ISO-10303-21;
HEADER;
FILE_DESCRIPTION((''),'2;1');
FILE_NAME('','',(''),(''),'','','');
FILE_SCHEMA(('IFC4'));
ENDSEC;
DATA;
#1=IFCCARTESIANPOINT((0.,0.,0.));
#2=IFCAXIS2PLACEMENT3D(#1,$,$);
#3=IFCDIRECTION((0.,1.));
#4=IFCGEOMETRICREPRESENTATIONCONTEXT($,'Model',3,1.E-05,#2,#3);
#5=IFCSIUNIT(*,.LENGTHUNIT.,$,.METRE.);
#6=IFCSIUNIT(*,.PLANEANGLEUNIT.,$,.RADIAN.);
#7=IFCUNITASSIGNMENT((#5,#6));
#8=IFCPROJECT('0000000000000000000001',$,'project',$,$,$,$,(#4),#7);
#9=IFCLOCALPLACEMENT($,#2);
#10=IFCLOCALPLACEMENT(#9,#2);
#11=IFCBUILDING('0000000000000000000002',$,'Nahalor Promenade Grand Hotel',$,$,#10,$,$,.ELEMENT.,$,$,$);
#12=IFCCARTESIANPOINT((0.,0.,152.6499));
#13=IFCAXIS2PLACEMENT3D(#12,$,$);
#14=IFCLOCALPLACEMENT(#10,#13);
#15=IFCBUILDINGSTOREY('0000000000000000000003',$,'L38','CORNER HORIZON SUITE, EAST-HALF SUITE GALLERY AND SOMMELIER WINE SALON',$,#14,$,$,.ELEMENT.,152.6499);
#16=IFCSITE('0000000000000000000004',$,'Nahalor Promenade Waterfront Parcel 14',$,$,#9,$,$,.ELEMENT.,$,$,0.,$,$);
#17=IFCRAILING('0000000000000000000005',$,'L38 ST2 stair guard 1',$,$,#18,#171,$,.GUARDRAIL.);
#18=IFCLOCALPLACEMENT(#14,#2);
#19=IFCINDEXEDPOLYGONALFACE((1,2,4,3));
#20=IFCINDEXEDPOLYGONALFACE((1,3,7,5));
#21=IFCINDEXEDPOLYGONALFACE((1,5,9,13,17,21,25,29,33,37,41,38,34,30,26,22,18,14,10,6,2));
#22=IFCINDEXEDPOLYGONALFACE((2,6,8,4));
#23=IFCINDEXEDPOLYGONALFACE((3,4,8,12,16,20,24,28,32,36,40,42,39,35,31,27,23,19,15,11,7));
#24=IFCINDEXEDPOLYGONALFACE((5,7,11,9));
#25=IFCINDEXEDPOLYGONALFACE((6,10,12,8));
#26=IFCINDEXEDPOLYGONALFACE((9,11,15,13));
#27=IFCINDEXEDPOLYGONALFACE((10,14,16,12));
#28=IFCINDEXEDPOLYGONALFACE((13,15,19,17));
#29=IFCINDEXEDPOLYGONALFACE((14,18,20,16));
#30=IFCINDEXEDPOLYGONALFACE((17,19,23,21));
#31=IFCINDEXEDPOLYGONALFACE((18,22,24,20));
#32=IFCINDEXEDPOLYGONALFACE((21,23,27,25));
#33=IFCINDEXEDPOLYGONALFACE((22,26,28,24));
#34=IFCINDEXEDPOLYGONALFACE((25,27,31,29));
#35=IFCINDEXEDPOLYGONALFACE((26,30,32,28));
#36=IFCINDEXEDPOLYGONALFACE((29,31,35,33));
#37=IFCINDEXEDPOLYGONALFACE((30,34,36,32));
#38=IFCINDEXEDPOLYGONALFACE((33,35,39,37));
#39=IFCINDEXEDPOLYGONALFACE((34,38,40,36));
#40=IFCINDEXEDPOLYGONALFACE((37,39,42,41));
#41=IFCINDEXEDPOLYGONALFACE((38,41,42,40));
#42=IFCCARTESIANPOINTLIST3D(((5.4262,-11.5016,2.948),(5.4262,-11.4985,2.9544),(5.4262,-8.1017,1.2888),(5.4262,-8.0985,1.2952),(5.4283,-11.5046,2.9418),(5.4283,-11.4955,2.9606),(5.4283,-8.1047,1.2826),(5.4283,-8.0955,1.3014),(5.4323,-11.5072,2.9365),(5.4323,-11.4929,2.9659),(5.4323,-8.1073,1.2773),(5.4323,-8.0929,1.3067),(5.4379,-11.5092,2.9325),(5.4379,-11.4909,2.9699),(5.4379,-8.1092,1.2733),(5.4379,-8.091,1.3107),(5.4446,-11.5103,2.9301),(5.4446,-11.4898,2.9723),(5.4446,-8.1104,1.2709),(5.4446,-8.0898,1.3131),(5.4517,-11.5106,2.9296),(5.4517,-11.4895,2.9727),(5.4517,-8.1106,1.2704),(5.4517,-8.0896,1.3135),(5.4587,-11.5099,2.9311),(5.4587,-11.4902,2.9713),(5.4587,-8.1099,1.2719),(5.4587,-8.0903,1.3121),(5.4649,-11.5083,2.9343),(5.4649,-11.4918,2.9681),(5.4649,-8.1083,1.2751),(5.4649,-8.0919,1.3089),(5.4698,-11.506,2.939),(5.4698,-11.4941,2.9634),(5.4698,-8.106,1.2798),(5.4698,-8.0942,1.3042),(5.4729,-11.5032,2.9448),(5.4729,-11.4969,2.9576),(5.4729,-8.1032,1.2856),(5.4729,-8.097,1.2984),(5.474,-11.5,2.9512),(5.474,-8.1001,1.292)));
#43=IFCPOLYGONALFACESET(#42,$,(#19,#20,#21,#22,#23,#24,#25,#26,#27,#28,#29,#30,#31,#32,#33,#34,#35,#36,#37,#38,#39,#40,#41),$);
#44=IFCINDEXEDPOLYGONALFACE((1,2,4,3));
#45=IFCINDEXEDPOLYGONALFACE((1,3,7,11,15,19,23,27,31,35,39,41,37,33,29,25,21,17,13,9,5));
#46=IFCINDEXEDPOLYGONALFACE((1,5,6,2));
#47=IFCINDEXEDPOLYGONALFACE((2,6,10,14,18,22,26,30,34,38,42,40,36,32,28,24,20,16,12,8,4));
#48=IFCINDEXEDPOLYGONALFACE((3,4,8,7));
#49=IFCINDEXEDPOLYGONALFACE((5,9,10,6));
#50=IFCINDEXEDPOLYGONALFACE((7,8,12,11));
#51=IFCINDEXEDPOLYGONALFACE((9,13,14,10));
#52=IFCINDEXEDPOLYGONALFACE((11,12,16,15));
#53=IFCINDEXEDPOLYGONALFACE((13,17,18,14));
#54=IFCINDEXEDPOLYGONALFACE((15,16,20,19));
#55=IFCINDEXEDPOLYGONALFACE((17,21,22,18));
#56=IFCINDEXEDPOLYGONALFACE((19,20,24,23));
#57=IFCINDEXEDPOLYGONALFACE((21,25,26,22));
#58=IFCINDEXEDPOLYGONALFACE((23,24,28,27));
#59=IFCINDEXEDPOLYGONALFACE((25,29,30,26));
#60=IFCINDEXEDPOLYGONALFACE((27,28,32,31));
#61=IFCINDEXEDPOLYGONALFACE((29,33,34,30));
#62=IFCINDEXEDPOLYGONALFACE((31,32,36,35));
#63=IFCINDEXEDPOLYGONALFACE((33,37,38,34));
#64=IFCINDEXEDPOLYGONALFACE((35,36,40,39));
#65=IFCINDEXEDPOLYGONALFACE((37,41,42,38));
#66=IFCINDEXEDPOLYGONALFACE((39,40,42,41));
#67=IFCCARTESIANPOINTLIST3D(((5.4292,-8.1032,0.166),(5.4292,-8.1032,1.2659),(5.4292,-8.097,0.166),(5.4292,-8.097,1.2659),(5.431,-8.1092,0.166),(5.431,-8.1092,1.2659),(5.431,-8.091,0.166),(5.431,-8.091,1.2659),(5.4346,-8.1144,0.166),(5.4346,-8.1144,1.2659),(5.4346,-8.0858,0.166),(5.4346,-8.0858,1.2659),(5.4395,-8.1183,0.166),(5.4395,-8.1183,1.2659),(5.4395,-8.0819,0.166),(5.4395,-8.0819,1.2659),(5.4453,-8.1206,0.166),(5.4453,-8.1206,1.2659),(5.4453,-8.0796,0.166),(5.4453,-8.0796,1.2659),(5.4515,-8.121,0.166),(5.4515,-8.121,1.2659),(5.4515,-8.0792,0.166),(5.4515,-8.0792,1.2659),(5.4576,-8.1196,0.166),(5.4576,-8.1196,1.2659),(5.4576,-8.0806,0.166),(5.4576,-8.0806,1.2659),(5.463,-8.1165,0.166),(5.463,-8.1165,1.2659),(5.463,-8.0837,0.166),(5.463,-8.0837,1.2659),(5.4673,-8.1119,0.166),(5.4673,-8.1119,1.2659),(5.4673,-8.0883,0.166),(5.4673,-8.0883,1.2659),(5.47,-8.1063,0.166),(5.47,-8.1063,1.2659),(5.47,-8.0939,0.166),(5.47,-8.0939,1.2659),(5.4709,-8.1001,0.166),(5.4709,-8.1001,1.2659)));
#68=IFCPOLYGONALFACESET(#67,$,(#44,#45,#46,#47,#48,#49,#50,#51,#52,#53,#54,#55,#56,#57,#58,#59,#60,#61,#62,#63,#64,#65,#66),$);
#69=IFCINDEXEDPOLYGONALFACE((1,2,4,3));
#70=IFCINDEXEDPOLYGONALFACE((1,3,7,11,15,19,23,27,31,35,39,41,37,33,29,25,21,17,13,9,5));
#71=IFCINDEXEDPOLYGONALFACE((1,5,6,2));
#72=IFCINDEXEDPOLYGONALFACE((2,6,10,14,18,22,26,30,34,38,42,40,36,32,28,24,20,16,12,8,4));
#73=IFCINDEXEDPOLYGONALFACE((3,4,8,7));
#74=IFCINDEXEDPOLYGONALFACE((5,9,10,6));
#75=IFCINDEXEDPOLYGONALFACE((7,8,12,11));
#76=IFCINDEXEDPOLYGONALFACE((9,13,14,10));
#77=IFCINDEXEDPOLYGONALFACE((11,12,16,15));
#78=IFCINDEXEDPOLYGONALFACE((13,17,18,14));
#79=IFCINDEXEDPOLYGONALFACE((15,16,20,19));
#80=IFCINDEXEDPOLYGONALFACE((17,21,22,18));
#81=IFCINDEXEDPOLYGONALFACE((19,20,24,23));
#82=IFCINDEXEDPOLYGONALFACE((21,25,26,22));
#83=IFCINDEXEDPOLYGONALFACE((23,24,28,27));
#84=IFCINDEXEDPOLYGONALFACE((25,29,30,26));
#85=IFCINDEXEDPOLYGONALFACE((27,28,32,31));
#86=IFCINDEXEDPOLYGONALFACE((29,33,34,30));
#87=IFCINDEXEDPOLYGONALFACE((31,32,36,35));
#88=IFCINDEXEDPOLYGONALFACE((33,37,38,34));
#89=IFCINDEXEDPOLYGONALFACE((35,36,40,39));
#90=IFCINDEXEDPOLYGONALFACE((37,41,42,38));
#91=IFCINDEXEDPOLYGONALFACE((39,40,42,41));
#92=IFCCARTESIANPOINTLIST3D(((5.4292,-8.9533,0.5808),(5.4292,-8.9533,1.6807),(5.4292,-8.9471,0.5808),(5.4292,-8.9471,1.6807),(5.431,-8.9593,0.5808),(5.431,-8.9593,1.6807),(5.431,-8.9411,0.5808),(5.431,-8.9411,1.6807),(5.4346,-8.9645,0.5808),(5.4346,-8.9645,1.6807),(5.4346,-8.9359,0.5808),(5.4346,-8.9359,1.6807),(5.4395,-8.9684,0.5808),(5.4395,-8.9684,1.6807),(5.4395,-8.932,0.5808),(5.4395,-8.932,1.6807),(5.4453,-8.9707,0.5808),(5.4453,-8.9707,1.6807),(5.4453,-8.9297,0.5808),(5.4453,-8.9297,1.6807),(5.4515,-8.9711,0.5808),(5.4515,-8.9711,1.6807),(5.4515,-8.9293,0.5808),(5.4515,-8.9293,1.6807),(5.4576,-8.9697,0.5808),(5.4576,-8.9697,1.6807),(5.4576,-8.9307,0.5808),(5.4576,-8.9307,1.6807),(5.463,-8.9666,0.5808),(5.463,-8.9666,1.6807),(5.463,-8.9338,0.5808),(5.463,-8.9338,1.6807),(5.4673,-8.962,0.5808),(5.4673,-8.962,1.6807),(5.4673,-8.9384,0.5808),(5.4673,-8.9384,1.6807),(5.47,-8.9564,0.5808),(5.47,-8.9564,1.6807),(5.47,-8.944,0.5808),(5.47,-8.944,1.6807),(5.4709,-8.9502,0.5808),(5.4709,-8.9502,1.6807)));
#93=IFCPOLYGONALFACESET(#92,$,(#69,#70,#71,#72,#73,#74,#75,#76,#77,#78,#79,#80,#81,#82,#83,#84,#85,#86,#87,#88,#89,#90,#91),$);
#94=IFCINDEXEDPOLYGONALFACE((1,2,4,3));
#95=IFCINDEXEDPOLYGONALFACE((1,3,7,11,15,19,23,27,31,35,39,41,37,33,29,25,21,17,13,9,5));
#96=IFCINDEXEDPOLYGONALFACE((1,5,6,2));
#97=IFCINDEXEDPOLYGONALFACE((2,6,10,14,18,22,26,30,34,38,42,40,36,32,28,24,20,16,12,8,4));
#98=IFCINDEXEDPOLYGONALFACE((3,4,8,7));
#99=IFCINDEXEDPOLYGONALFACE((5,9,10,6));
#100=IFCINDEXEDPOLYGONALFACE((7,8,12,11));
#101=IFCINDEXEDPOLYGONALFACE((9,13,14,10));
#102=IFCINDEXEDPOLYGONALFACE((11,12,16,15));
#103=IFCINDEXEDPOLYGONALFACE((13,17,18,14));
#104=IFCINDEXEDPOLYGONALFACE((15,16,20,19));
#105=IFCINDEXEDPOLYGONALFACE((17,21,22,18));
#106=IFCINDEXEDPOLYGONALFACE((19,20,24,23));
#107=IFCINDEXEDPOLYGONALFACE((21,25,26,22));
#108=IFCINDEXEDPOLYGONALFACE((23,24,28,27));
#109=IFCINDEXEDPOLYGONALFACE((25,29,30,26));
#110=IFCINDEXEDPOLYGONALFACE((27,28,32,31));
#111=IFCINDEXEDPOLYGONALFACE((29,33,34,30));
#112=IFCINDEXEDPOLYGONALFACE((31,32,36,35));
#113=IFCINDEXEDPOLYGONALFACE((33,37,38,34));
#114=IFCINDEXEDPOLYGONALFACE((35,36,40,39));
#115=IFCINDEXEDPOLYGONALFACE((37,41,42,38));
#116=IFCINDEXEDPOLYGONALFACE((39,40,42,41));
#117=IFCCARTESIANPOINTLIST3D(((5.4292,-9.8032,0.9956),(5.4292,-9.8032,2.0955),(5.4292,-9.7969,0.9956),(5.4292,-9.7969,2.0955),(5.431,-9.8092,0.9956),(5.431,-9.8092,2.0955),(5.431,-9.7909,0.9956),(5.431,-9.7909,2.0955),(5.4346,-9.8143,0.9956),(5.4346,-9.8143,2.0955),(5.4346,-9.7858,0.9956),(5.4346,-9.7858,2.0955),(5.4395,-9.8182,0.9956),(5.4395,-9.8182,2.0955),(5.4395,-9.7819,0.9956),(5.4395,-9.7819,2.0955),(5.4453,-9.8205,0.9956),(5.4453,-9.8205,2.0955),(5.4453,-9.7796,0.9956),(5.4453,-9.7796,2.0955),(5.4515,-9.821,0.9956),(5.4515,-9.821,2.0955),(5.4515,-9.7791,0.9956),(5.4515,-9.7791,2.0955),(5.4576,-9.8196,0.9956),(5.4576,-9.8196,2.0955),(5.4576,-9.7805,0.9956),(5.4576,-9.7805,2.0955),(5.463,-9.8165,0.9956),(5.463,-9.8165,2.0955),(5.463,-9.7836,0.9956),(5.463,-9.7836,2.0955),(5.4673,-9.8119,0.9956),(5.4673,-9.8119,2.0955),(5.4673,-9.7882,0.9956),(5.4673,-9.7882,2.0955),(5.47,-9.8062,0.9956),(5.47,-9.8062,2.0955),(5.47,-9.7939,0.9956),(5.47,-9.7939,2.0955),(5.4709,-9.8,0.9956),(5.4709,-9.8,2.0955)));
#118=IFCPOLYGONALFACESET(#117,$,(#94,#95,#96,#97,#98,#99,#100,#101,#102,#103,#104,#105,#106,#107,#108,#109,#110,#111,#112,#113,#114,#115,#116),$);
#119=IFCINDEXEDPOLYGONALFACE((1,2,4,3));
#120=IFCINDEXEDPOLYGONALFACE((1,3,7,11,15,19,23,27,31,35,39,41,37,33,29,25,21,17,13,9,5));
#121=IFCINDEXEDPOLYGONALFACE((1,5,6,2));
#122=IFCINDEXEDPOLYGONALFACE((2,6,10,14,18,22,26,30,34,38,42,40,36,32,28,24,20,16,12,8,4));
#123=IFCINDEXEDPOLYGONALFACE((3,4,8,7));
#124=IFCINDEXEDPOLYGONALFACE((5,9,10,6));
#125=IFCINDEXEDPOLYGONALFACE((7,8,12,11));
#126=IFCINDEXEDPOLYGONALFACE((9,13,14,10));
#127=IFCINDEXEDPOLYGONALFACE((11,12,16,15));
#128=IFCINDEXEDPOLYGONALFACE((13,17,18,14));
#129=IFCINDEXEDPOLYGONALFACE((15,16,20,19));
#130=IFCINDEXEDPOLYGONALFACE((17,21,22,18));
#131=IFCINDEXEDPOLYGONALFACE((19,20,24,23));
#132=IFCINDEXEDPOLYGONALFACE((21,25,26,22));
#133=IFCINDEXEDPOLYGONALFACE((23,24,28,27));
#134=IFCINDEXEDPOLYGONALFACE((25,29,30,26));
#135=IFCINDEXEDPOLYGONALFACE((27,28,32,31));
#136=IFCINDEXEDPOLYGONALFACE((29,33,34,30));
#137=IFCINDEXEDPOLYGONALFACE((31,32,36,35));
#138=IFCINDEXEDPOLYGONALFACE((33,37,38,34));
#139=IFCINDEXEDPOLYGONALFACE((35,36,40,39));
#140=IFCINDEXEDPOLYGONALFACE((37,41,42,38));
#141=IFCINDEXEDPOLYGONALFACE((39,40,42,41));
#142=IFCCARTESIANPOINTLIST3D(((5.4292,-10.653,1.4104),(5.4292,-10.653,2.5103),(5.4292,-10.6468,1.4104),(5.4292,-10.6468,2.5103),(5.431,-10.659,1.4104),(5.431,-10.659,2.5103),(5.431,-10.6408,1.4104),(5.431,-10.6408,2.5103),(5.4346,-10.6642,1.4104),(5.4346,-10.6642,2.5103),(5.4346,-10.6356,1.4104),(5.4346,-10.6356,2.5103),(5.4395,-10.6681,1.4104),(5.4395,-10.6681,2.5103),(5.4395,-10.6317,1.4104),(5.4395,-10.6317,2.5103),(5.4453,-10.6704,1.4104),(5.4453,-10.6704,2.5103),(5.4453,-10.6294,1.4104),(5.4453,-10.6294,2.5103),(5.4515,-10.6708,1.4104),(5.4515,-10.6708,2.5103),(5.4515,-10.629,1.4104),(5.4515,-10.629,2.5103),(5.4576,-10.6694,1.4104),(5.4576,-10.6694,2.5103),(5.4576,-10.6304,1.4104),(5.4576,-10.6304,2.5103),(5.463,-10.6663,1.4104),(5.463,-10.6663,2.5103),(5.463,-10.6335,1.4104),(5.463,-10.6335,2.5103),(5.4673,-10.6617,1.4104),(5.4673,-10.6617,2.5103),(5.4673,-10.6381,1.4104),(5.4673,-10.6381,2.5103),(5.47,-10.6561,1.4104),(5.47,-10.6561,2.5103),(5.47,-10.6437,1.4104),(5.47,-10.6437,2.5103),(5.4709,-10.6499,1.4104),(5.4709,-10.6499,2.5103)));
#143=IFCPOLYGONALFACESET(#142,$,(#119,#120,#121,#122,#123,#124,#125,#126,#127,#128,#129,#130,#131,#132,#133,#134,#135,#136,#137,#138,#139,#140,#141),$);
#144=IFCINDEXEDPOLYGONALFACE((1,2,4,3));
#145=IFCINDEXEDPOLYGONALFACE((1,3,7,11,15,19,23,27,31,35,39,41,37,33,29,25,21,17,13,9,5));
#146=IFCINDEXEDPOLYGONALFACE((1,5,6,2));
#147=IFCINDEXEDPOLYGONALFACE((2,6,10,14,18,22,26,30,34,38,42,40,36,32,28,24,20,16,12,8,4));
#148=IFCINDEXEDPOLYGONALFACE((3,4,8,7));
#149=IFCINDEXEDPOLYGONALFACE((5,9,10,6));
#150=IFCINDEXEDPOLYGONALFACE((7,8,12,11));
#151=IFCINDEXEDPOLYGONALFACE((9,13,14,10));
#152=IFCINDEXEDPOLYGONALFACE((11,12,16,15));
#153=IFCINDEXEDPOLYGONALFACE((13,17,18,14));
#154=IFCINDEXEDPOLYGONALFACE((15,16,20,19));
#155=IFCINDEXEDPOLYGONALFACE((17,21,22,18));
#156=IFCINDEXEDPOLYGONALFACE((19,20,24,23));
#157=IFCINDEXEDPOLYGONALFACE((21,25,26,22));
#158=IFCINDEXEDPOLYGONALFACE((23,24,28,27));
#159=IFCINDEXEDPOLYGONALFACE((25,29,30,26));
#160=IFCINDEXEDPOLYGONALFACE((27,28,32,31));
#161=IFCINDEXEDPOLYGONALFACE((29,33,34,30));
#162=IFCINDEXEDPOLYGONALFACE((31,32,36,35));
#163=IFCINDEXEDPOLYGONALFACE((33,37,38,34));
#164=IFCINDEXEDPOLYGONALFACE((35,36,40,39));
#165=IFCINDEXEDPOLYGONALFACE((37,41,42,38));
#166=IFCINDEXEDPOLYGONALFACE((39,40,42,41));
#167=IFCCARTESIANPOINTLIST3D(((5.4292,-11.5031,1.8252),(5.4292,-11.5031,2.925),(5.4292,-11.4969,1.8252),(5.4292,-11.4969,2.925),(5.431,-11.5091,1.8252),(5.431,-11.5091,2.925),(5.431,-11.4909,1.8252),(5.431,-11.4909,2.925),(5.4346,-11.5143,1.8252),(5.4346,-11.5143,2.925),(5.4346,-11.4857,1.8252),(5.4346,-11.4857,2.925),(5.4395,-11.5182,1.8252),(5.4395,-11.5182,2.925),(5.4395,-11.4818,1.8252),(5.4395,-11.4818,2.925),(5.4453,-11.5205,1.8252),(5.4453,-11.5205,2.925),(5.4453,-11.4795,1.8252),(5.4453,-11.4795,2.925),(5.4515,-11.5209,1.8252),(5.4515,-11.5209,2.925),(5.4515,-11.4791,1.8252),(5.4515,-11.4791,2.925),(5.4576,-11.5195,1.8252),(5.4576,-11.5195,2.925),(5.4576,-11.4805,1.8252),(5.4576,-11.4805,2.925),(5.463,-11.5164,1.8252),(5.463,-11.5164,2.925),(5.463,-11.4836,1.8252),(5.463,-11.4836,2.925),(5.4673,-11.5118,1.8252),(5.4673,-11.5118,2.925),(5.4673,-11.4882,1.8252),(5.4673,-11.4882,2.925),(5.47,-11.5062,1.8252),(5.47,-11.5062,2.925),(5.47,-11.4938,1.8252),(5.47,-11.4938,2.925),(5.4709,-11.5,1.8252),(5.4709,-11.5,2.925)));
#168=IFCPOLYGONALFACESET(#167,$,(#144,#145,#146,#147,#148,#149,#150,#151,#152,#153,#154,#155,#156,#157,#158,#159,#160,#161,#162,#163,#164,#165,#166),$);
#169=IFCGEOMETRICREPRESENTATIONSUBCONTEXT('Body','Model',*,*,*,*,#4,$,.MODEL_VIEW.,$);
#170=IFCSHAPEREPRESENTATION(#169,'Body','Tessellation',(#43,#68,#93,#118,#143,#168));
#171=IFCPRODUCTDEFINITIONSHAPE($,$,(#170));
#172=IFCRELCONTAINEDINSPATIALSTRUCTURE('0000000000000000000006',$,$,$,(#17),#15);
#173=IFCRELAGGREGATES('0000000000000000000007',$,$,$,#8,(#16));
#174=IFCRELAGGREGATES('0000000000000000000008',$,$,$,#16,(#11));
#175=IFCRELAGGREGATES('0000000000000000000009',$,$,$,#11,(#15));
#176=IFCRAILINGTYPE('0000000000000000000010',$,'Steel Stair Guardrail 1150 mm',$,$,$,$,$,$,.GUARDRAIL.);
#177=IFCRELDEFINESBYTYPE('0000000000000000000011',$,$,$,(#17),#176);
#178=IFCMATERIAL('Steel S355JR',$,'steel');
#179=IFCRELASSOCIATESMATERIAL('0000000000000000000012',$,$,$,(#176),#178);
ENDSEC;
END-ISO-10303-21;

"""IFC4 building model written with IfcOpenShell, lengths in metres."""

from ifc_helpers import new_model, si_unit, direction, frame, origin, origin_2d, place, context, subcontext, project, spatial, circle, extrude, material, type_object, element, save


model = new_model("IFC4")

# Units and contexts
model_context = context("Model", 3, precision=1e-05, world=origin(), true_north=direction((0.0, 1.0)))
body_context = subcontext(model_context, "Body", "Model", "MODEL_VIEW")
ifc_project = project(units=[si_unit("LENGTHUNIT", "METRE"), si_unit("PLANEANGLEUNIT", "RADIAN")], contexts=[model_context])

# Site, building, storey
site_placement = place(None, origin())
site = spatial("IfcSite", under=ifc_project, at=site_placement, Name="Nahalor Promenade Waterfront Parcel 14", CompositionType="ELEMENT", RefElevation=0.0)
building_placement = place(site_placement, origin())
building = spatial("IfcBuilding", under=site, at=building_placement, Name="Nahalor Promenade Grand Hotel", CompositionType="ELEMENT")
storey_placement = place(building_placement, frame((0.0, 0.0, 152.6499)))
storey = spatial("IfcBuildingStorey", under=building, at=storey_placement, Name="L38", Description="CORNER HORIZON SUITE, EAST-HALF SUITE GALLERY AND SOMMELIER WINE SALON", CompositionType="ELEMENT", Elevation=152.6499)

# Shared definitions
ifc_material_1 = material(Name="Steel S355JR", Category="steel")

# Railing
railing_type_1 = type_object("IfcRailingType", Name="Steel Stair Guardrail 1150 mm", PredefinedType="GUARDRAIL", material=ifc_material_1)
railing_1_placement = place(storey_placement, frame((5.45, -8.1001, 0.166)))
element("IfcRailing", 1, at=railing_1_placement, inside=storey, type_object=railing_type_1, Name="L38 ST2 stair guard 1", PredefinedType="GUARDRAIL", context=body_context, shape_type="SweptSolid", body=[
    extrude(circle(Radius=0.024, at=origin_2d()), frame((0.0, 0.0, 1.126), z_axis=(0.0, -0.898696, 0.438571), x_axis=(1.0, 0.0, 0.0)), (0.0, 0.0, 1.0), 3.7832),
    extrude(circle(Radius=0.021, at=origin_2d()), origin(), (0.0, 0.0, 1.0), 1.0999),
    extrude(circle(Radius=0.021, at=origin_2d()), frame((0.0, -0.8501, 0.4148)), (0.0, 0.0, 1.0), 1.0999),
    extrude(circle(Radius=0.021, at=origin_2d()), frame((0.0, -1.7, 0.8296)), (0.0, 0.0, 1.0), 1.0999),
    extrude(circle(Radius=0.021, at=origin_2d()), frame((0.0, -2.5498, 1.2444)), (0.0, 0.0, 1.0), 1.0999),
    extrude(circle(Radius=0.021, at=origin_2d()), frame((0.0, -3.3999, 1.6592)), (0.0, 0.0, 1.0), 1.0999),
])

save(model, "model.ifc")
